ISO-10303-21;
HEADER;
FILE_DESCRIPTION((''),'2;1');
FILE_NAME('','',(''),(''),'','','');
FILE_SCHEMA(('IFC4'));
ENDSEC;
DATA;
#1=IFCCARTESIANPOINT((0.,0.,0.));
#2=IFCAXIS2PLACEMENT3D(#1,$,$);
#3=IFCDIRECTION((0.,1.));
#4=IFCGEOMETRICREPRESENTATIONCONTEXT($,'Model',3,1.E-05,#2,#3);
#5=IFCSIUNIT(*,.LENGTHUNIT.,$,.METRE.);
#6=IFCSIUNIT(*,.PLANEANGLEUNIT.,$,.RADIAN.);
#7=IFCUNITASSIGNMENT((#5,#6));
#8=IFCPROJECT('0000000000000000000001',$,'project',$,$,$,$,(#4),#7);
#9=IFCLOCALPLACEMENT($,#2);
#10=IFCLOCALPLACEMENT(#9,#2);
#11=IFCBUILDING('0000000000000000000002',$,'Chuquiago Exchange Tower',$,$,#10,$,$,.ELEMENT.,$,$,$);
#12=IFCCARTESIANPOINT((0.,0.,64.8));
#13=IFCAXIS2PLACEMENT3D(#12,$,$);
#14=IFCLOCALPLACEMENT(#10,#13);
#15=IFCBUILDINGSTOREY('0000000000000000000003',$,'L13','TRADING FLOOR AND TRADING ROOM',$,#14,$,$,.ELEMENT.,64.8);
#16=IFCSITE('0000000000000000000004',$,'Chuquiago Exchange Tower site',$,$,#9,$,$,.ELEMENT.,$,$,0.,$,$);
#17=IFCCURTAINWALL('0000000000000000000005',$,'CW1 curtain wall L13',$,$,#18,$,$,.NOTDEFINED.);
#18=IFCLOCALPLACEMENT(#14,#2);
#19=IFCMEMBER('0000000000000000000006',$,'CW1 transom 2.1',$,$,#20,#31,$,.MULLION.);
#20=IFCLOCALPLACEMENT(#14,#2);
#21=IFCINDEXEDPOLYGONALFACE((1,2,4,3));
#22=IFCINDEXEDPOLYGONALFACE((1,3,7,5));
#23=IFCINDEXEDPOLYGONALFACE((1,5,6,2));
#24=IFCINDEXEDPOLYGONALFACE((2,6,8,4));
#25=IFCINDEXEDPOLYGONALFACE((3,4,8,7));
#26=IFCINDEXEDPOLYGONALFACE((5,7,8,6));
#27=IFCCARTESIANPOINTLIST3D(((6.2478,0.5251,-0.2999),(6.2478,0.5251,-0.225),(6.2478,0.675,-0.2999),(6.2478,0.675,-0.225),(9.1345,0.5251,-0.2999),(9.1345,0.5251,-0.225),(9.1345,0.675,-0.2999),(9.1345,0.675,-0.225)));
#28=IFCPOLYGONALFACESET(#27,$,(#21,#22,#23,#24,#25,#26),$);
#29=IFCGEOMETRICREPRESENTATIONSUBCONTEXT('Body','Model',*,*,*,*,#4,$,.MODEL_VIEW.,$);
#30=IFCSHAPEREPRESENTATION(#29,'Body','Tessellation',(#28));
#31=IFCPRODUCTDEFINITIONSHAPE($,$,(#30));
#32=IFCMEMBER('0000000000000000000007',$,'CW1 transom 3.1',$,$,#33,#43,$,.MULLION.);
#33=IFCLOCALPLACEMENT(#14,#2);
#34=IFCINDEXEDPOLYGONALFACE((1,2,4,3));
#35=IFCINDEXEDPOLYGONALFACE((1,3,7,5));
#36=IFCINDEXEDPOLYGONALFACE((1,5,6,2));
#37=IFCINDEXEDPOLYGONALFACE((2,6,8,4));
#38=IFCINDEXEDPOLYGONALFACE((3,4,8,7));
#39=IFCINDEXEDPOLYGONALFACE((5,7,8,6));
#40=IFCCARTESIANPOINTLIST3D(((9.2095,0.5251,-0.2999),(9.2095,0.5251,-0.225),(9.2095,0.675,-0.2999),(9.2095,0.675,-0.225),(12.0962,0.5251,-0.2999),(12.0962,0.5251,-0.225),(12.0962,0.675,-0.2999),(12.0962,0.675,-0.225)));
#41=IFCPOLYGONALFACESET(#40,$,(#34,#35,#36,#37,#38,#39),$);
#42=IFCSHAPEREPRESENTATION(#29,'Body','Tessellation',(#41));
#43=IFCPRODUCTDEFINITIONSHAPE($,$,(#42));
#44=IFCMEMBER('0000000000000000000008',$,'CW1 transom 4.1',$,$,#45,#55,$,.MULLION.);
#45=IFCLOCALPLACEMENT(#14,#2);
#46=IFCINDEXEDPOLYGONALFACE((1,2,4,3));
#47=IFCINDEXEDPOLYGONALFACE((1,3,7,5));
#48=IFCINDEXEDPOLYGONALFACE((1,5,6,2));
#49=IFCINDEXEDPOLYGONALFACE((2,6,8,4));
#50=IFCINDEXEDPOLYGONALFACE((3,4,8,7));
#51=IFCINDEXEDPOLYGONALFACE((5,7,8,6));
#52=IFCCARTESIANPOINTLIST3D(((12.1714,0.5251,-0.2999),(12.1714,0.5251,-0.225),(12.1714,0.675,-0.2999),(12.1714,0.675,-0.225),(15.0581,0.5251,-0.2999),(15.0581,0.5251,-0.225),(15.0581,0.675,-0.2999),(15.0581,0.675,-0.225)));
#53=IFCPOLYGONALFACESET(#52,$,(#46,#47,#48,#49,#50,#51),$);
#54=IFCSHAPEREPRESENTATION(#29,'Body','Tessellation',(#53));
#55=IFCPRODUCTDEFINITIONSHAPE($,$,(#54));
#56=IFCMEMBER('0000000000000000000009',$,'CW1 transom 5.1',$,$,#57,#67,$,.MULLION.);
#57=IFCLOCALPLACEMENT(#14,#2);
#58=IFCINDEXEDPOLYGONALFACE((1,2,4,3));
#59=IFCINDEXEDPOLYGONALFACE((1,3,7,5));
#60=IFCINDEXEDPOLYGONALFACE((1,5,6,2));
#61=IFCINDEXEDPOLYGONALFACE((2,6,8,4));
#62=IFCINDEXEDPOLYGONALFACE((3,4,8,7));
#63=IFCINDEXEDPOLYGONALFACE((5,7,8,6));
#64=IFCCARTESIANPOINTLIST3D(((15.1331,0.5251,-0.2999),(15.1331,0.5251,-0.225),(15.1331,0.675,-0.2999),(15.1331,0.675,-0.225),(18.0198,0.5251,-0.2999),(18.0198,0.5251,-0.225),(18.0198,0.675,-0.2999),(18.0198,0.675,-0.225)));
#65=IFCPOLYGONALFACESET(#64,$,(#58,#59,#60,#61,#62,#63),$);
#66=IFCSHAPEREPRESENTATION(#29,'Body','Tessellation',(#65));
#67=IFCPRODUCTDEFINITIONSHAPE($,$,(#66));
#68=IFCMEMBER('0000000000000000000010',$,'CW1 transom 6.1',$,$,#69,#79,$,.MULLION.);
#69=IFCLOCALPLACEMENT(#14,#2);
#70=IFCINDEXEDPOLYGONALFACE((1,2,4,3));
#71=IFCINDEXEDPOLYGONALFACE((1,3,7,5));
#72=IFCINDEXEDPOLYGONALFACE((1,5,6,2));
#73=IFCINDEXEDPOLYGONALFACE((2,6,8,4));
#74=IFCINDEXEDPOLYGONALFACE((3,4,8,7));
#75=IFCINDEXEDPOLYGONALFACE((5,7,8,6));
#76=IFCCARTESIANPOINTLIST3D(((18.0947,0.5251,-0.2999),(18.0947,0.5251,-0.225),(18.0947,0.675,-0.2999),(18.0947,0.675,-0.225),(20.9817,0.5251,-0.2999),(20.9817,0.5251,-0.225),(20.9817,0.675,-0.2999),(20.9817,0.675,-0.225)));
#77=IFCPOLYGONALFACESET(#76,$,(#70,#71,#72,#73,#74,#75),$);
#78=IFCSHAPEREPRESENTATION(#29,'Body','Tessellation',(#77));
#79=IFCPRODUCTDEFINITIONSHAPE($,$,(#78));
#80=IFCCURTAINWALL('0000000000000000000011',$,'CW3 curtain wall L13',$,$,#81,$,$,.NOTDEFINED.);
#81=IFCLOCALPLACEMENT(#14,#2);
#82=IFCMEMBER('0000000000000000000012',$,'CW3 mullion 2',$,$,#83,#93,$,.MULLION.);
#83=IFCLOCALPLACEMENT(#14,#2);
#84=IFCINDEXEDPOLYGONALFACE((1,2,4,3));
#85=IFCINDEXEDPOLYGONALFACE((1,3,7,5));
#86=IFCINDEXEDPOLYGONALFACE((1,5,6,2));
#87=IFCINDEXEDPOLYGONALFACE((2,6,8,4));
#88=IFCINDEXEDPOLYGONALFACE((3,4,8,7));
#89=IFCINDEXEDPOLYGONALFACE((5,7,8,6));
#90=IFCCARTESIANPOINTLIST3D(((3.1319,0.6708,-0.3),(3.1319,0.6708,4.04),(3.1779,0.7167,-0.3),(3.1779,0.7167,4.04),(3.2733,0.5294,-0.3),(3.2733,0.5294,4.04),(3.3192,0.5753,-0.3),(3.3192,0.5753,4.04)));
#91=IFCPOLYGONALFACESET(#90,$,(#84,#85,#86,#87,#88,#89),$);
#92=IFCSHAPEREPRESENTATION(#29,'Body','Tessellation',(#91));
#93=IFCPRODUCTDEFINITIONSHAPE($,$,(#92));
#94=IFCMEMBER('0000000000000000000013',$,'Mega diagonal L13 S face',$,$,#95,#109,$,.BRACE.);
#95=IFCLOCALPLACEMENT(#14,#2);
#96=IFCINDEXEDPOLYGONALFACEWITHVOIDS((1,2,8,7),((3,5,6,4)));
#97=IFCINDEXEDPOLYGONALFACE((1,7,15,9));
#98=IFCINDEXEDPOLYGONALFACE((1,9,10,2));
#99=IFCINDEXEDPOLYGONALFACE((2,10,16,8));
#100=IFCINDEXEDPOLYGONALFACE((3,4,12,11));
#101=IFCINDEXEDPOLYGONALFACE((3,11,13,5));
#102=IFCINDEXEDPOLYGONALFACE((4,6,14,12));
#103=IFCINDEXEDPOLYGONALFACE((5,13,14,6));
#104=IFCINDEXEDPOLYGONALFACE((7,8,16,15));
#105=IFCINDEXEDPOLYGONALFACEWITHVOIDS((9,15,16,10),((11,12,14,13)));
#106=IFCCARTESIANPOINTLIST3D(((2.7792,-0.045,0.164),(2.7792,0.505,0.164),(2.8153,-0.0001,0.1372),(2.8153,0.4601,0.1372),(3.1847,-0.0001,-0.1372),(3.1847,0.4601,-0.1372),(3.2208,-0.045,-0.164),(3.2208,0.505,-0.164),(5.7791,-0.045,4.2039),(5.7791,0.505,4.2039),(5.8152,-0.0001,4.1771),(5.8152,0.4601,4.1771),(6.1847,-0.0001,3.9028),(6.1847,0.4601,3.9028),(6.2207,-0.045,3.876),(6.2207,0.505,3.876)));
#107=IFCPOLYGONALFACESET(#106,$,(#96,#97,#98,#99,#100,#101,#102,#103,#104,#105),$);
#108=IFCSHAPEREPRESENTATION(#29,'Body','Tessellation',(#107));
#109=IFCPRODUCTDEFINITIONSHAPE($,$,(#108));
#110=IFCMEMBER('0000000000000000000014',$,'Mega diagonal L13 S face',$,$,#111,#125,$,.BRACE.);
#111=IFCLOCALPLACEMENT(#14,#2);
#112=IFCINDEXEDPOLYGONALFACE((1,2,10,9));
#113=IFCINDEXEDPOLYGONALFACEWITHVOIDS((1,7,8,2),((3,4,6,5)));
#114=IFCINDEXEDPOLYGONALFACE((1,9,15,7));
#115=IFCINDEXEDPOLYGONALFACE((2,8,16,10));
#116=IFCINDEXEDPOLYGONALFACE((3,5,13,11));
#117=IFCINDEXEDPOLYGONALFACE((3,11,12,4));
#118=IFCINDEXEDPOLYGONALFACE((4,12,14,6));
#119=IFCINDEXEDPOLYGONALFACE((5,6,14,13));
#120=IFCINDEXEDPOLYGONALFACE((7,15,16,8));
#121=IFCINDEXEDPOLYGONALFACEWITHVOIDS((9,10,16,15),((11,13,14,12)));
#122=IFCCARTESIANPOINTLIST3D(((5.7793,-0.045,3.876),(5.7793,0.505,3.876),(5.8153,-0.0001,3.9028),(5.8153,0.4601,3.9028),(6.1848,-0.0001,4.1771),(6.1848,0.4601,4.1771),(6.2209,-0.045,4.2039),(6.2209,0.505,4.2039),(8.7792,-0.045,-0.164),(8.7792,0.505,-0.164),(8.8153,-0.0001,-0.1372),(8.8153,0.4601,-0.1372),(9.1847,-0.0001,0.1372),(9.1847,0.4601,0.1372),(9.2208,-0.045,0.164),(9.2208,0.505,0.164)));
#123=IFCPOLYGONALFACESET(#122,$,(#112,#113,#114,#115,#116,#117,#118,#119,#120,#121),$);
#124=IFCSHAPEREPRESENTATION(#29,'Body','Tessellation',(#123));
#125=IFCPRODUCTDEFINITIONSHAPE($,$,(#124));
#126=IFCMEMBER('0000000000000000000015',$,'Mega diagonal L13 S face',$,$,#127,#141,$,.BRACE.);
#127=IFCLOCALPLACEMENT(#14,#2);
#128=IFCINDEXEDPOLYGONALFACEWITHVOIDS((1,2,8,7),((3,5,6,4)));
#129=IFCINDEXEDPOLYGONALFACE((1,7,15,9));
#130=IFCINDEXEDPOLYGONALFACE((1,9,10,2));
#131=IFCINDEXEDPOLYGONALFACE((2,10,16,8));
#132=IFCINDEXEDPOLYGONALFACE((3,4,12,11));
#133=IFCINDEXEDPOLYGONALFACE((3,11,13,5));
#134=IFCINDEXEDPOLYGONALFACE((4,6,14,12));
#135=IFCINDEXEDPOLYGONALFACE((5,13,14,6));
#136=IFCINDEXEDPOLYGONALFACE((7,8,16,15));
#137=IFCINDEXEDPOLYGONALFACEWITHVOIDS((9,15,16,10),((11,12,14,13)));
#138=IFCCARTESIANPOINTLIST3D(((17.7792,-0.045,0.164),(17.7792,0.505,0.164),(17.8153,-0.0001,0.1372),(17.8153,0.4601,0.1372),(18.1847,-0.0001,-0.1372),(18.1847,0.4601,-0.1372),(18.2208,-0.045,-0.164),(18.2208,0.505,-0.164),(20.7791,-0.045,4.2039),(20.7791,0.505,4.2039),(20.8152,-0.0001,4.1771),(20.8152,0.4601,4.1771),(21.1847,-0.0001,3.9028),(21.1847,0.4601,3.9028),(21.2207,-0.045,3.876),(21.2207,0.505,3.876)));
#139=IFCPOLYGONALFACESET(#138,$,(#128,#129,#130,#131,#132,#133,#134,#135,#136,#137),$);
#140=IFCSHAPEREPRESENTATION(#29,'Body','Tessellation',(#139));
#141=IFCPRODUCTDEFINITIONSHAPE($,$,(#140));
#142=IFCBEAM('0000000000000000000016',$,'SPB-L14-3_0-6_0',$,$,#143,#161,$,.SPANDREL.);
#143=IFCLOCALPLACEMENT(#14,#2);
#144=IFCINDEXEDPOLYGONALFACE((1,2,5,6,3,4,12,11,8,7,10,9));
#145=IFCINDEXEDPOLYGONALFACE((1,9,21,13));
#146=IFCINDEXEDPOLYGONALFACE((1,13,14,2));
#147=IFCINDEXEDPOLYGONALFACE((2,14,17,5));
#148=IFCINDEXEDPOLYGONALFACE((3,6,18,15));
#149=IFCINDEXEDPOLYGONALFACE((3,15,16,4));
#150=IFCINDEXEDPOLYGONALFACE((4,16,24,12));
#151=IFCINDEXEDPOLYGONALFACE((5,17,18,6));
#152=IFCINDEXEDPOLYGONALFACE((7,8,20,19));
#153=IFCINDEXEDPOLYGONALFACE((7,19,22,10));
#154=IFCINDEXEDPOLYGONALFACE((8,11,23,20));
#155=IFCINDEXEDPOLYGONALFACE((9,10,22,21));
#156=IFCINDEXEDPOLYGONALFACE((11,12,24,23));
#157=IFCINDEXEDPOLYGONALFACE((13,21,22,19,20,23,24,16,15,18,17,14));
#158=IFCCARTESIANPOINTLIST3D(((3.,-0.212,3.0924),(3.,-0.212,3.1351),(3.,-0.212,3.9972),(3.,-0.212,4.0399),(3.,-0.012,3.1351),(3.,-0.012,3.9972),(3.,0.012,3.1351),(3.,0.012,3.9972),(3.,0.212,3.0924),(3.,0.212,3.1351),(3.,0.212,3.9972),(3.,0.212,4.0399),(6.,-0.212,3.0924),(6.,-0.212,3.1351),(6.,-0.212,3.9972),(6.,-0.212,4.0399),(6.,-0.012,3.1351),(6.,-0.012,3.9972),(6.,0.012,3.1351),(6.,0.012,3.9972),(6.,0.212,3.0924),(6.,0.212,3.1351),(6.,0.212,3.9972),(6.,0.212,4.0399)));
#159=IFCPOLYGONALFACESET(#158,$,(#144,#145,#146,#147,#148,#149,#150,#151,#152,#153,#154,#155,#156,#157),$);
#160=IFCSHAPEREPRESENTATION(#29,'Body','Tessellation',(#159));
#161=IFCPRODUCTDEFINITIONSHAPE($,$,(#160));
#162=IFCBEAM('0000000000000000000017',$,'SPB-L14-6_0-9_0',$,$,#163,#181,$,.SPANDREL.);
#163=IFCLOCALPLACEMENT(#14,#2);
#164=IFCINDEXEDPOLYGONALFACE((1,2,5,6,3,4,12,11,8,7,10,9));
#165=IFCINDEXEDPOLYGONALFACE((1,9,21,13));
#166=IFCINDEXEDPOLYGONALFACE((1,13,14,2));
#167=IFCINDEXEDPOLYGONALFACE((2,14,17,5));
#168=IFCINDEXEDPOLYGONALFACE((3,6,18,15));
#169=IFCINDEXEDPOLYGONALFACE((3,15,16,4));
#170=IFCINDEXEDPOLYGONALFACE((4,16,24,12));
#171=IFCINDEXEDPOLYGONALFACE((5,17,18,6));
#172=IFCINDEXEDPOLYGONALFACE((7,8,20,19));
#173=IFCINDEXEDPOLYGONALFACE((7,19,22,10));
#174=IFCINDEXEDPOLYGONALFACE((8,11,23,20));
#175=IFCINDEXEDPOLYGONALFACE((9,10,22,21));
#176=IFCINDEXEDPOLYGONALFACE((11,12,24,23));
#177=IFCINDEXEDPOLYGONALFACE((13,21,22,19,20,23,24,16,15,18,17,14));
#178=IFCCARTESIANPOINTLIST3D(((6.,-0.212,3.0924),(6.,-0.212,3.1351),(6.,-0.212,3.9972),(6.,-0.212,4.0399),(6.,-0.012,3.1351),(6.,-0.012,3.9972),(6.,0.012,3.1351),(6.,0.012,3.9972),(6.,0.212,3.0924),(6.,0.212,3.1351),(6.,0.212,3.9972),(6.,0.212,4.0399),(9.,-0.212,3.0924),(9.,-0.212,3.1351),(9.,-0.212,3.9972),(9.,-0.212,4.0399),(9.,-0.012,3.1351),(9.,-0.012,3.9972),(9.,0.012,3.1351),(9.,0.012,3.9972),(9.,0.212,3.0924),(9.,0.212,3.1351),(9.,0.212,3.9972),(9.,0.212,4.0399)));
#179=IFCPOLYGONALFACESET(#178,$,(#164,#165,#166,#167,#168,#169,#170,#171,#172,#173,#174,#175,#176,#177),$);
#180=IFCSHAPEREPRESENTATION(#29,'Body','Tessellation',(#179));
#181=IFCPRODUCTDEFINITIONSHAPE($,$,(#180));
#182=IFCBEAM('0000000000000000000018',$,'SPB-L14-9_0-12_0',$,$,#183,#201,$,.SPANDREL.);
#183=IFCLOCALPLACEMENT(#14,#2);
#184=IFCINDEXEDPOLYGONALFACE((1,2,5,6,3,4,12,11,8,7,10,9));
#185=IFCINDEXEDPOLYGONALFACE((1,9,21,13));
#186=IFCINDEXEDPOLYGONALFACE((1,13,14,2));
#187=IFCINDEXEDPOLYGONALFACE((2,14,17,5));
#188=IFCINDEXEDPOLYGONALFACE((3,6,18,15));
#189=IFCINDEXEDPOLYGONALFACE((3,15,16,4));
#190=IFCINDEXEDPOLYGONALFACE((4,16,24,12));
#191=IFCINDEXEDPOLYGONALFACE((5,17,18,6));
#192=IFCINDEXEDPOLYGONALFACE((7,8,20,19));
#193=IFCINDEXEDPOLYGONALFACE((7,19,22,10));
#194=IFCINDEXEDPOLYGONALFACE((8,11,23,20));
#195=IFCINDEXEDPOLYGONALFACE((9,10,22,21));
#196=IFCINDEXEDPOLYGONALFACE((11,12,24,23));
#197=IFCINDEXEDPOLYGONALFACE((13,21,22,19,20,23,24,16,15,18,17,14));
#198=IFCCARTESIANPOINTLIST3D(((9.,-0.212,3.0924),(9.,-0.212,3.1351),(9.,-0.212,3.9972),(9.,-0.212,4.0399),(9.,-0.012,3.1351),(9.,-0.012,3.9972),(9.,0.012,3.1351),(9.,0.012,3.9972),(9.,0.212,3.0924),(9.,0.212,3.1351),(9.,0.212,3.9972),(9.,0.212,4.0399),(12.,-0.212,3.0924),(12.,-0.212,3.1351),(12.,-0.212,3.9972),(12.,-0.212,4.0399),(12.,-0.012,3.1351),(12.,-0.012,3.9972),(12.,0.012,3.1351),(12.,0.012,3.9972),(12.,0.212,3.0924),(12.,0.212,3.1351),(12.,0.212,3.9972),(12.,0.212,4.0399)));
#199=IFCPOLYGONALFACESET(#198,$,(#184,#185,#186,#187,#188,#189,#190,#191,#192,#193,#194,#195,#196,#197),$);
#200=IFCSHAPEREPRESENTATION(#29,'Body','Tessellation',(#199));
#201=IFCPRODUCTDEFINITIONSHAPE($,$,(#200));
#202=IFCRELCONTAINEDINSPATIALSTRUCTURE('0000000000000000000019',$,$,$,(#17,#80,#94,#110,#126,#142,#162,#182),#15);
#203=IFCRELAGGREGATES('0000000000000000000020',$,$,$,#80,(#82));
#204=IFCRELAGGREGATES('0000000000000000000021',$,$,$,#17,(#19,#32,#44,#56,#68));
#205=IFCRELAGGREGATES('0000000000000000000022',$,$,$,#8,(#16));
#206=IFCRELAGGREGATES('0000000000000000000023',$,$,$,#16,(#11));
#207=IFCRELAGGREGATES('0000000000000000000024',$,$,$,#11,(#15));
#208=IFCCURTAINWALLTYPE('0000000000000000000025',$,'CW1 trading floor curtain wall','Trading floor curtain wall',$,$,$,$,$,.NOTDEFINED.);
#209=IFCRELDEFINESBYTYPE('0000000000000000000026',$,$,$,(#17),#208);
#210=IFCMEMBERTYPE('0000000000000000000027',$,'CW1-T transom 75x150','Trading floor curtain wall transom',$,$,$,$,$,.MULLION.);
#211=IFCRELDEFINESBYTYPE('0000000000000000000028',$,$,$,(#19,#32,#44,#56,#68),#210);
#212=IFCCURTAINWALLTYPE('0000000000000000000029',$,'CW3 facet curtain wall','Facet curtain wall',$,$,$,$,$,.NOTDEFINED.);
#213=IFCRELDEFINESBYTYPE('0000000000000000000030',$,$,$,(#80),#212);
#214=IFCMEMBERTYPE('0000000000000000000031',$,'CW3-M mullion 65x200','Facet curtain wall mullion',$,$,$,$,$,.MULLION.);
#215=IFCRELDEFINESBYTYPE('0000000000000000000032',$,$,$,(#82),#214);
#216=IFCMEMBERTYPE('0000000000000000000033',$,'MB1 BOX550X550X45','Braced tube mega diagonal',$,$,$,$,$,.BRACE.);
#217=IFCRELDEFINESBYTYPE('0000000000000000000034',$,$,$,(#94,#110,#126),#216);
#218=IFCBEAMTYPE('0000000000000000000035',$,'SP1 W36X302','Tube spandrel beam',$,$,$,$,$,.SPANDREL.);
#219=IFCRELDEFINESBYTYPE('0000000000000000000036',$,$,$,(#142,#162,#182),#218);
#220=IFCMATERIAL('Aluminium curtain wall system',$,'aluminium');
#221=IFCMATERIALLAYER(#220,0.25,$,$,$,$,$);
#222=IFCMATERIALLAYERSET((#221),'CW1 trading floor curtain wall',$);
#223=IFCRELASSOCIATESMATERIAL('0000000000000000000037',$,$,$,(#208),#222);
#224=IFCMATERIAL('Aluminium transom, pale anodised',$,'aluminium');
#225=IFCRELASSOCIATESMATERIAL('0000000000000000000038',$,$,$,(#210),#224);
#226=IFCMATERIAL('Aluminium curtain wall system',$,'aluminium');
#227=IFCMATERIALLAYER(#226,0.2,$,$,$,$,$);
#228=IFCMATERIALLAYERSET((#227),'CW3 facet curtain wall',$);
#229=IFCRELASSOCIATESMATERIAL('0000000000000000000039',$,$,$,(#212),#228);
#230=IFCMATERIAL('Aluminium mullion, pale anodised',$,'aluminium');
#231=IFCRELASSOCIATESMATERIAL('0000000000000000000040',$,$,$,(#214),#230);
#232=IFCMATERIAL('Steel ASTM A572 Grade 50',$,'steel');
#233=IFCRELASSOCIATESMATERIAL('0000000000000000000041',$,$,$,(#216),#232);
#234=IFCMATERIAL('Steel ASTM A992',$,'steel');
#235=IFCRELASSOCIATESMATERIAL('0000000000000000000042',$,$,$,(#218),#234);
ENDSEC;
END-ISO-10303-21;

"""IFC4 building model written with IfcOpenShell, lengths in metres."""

from ifc_helpers import new_model, si_unit, direction, frame, origin, origin_2d, place, context, subcontext, project, spatial, rectangle, hollow_rectangle, i_section, extrude, material, layer, layer_set, material_profile, profile_set, type_object, element, aggregate, save


model = new_model("IFC4")

# Units and contexts
model_context = context("Model", 3, precision=1e-05, world=origin(), true_north=direction((0.0, 1.0)))
body_context = subcontext(model_context, "Body", "Model", "MODEL_VIEW")
ifc_project = project(units=[si_unit("LENGTHUNIT", "METRE"), si_unit("PLANEANGLEUNIT", "RADIAN")], contexts=[model_context])

# Site, building, storey
site_placement = place(None, origin())
site = spatial("IfcSite", under=ifc_project, at=site_placement, Name="Chuquiago Exchange Tower site", CompositionType="ELEMENT", RefElevation=0.0)
building_placement = place(site_placement, origin())
building = spatial("IfcBuilding", under=site, at=building_placement, Name="Chuquiago Exchange Tower", CompositionType="ELEMENT")
storey_placement = place(building_placement, frame((0.0, 0.0, 64.8)))
storey = spatial("IfcBuildingStorey", under=building, at=storey_placement, Name="L13", Description="TRADING FLOOR AND TRADING ROOM", CompositionType="ELEMENT", Elevation=64.8)

# Curtain wall, members
ifc_material_1 = material(Name="Aluminium curtain wall system", Category="aluminium")
ifc_layer_1 = layer(ifc_material_1, 0.25)
ifc_layer_set_1 = layer_set([ifc_layer_1], Name="CW1 trading floor curtain wall")
curtain_wall_type_1 = type_object("IfcCurtainWallType", Name="CW1 trading floor curtain wall", Description="Trading floor curtain wall", PredefinedType="NOTDEFINED", material=ifc_layer_set_1)
curtain_wall_1_placement = place(storey_placement, origin())
curtain_wall_1 = element("IfcCurtainWall", 1, at=curtain_wall_1_placement, inside=storey, type_object=curtain_wall_type_1, Name="CW1 curtain wall L13", PredefinedType="NOTDEFINED")
ifc_material_2 = material(Name="Aluminium transom, pale anodised", Category="aluminium")
ifc_material_profile_1 = material_profile(ifc_material_2, rectangle(XDim=0.1499, YDim=0.075, at=origin_2d()), Name="AL 150x75")
ifc_profile_set_1 = profile_set([ifc_material_profile_1], Name="Aluminium transom, pale anodised")
member_type_1 = type_object("IfcMemberType", Name="CW1-T transom 75x150", Description="Trading floor curtain wall transom", PredefinedType="MULLION", material=ifc_profile_set_1)
member_1_placement = place(storey_placement, frame((6.2478, 0.6001, -0.2625), z_axis=(1.0, 0.0, 0.0), x_axis=(0.0, 1.0, 0.0)))
member_1 = element("IfcMember", 2, at=member_1_placement, type_object=member_type_1, Name="CW1 transom 2.1", PredefinedType="MULLION", context=body_context, shape_type="SweptSolid", body=[
    extrude(rectangle(XDim=0.1499, YDim=0.075, at=origin_2d()), origin(), (0.0, 0.0, 1.0), 2.8867),
])
member_2_placement = place(storey_placement, frame((9.2095, 0.6001, -0.2625), z_axis=(1.0, 0.0, 0.0), x_axis=(0.0, 1.0, 0.0)))
member_2 = element("IfcMember", 3, at=member_2_placement, type_object=member_type_1, Name="CW1 transom 3.1", PredefinedType="MULLION", context=body_context, shape_type="SweptSolid", body=[
    extrude(rectangle(XDim=0.1499, YDim=0.075, at=origin_2d()), origin(), (0.0, 0.0, 1.0), 2.8867),
])
member_3_placement = place(storey_placement, frame((12.1714, 0.6001, -0.2625), z_axis=(1.0, 0.0, 0.0), x_axis=(0.0, 1.0, 0.0)))
member_3 = element("IfcMember", 4, at=member_3_placement, type_object=member_type_1, Name="CW1 transom 4.1", PredefinedType="MULLION", context=body_context, shape_type="SweptSolid", body=[
    extrude(rectangle(XDim=0.1499, YDim=0.075, at=origin_2d()), origin(), (0.0, 0.0, 1.0), 2.8867),
])
member_4_placement = place(storey_placement, frame((15.1331, 0.6001, -0.2625), z_axis=(1.0, 0.0, 0.0), x_axis=(0.0, 1.0, 0.0)))
member_4 = element("IfcMember", 5, at=member_4_placement, type_object=member_type_1, Name="CW1 transom 5.1", PredefinedType="MULLION", context=body_context, shape_type="SweptSolid", body=[
    extrude(rectangle(XDim=0.1499, YDim=0.075, at=origin_2d()), origin(), (0.0, 0.0, 1.0), 2.8867),
])
member_5_placement = place(storey_placement, frame((18.0947, 0.6001, -0.2625), z_axis=(1.0, 0.0, 0.0), x_axis=(0.0, 1.0, 0.0)))
member_5 = element("IfcMember", 6, at=member_5_placement, type_object=member_type_1, Name="CW1 transom 6.1", PredefinedType="MULLION", context=body_context, shape_type="SweptSolid", body=[
    extrude(rectangle(XDim=0.1499, YDim=0.075, at=origin_2d()), origin(), (0.0, 0.0, 1.0), 2.887),
])

# Curtain wall, member
ifc_material_3 = material(Name="Aluminium curtain wall system", Category="aluminium")
ifc_layer_2 = layer(ifc_material_3, 0.2)
ifc_layer_set_2 = layer_set([ifc_layer_2], Name="CW3 facet curtain wall")
curtain_wall_type_2 = type_object("IfcCurtainWallType", Name="CW3 facet curtain wall", Description="Facet curtain wall", PredefinedType="NOTDEFINED", material=ifc_layer_set_2)
curtain_wall_2_placement = place(storey_placement, origin())
curtain_wall_2 = element("IfcCurtainWall", 7, at=curtain_wall_2_placement, inside=storey, type_object=curtain_wall_type_2, Name="CW3 curtain wall L13", PredefinedType="NOTDEFINED")
ifc_material_4 = material(Name="Aluminium mullion, pale anodised", Category="aluminium")
ifc_material_profile_2 = material_profile(ifc_material_4, rectangle(XDim=0.0649, YDim=0.2, at=origin_2d()), Name="AL 65x200")
ifc_profile_set_2 = profile_set([ifc_material_profile_2], Name="Aluminium mullion, pale anodised")
member_type_2 = type_object("IfcMemberType", Name="CW3-M mullion 65x200", Description="Facet curtain wall mullion", PredefinedType="MULLION", material=ifc_profile_set_2)
member_6_placement = place(storey_placement, frame((3.2256, 0.623, -0.3), z_axis=(0.0, 0.0, 1.0), x_axis=(0.707107, 0.707107, 0.0)))
member_6 = element("IfcMember", 8, at=member_6_placement, type_object=member_type_2, Name="CW3 mullion 2", PredefinedType="MULLION", context=body_context, shape_type="SweptSolid", body=[
    extrude(rectangle(XDim=0.0649, YDim=0.2, at=origin_2d()), origin(), (0.0, 0.0, 1.0), 4.3401),
])
aggregate(curtain_wall_2, [member_6])

# Members
ifc_material_5 = material(Name="Steel ASTM A572 Grade 50", Category="steel")
ifc_material_profile_3 = material_profile(ifc_material_5, hollow_rectangle(XDim=0.55, YDim=0.55, WallThickness=0.0449, at=origin_2d()), Name="BOX550X550X45")
ifc_profile_set_3 = profile_set([ifc_material_profile_3], Name="Steel ASTM A572 Grade 50")
member_type_3 = type_object("IfcMemberType", Name="MB1 BOX550X550X45", Description="Braced tube mega diagonal", PredefinedType="BRACE", material=ifc_profile_set_3)
for number, where, z_axis, x_axis, name in (
    (9, (3.0, 0.23, 0.0), (0.596174, 0.0, 0.802855), (0.0, 1.0, 0.0), "Mega diagonal L13 S face"),
    (10, (9.0, 0.23, 0.0), (-0.596174, 0.0, 0.802855), (0.0, -1.0, 0.0), "Mega diagonal L13 S face"),
    (11, (18.0, 0.23, 0.0), (0.596174, 0.0, 0.802855), (0.0, 1.0, 0.0), "Mega diagonal L13 S face"),
):
    element("IfcMember", number, at=place(storey_placement, frame(where, z_axis=z_axis, x_axis=x_axis)), inside=storey, type_object=member_type_3, Name=name, PredefinedType="BRACE", context=body_context, shape_type="SweptSolid", body=[
        extrude(hollow_rectangle(XDim=0.55, YDim=0.55, WallThickness=0.0449, at=origin_2d()), origin(), (0.0, 0.0, 1.0), 5.032),
    ])

# Beams
ifc_material_6 = material(Name="Steel ASTM A992", Category="steel")
ifc_material_profile_4 = material_profile(ifc_material_6, i_section(OverallWidth=0.4241, OverallDepth=0.9475, WebThickness=0.0239, FlangeThickness=0.0427, at=origin_2d()), Name="W36X302")
ifc_profile_set_4 = profile_set([ifc_material_profile_4], Name="Steel ASTM A992")
beam_type = type_object("IfcBeamType", Name="SP1 W36X302", Description="Tube spandrel beam", PredefinedType="SPANDREL", material=ifc_profile_set_4)
for number, where, z_axis, x_axis, name in (
    (12, (3.0, 0.0, 3.5662), (1.0, 0.0, 0.0), (0.0, 1.0, 0.0), "SPB-L14-3_0-6_0"),
    (13, (6.0, 0.0, 3.5662), (1.0, 0.0, 0.0), (0.0, 1.0, 0.0), "SPB-L14-6_0-9_0"),
    (14, (9.0, 0.0, 3.5662), (1.0, 0.0, 0.0), (0.0, 1.0, 0.0), "SPB-L14-9_0-12_0"),
):
    element("IfcBeam", number, at=place(storey_placement, frame(where, z_axis=z_axis, x_axis=x_axis)), inside=storey, type_object=beam_type, Name=name, PredefinedType="SPANDREL", context=body_context, shape_type="SweptSolid", body=[
        extrude(i_section(OverallWidth=0.4241, OverallDepth=0.9475, WebThickness=0.0239, FlangeThickness=0.0427, at=origin_2d()), origin(), (0.0, 0.0, 1.0), 3.0),
    ])

aggregate(curtain_wall_1, [member_1, member_2, member_3, member_4, member_5])

save(model, "model.ifc")
